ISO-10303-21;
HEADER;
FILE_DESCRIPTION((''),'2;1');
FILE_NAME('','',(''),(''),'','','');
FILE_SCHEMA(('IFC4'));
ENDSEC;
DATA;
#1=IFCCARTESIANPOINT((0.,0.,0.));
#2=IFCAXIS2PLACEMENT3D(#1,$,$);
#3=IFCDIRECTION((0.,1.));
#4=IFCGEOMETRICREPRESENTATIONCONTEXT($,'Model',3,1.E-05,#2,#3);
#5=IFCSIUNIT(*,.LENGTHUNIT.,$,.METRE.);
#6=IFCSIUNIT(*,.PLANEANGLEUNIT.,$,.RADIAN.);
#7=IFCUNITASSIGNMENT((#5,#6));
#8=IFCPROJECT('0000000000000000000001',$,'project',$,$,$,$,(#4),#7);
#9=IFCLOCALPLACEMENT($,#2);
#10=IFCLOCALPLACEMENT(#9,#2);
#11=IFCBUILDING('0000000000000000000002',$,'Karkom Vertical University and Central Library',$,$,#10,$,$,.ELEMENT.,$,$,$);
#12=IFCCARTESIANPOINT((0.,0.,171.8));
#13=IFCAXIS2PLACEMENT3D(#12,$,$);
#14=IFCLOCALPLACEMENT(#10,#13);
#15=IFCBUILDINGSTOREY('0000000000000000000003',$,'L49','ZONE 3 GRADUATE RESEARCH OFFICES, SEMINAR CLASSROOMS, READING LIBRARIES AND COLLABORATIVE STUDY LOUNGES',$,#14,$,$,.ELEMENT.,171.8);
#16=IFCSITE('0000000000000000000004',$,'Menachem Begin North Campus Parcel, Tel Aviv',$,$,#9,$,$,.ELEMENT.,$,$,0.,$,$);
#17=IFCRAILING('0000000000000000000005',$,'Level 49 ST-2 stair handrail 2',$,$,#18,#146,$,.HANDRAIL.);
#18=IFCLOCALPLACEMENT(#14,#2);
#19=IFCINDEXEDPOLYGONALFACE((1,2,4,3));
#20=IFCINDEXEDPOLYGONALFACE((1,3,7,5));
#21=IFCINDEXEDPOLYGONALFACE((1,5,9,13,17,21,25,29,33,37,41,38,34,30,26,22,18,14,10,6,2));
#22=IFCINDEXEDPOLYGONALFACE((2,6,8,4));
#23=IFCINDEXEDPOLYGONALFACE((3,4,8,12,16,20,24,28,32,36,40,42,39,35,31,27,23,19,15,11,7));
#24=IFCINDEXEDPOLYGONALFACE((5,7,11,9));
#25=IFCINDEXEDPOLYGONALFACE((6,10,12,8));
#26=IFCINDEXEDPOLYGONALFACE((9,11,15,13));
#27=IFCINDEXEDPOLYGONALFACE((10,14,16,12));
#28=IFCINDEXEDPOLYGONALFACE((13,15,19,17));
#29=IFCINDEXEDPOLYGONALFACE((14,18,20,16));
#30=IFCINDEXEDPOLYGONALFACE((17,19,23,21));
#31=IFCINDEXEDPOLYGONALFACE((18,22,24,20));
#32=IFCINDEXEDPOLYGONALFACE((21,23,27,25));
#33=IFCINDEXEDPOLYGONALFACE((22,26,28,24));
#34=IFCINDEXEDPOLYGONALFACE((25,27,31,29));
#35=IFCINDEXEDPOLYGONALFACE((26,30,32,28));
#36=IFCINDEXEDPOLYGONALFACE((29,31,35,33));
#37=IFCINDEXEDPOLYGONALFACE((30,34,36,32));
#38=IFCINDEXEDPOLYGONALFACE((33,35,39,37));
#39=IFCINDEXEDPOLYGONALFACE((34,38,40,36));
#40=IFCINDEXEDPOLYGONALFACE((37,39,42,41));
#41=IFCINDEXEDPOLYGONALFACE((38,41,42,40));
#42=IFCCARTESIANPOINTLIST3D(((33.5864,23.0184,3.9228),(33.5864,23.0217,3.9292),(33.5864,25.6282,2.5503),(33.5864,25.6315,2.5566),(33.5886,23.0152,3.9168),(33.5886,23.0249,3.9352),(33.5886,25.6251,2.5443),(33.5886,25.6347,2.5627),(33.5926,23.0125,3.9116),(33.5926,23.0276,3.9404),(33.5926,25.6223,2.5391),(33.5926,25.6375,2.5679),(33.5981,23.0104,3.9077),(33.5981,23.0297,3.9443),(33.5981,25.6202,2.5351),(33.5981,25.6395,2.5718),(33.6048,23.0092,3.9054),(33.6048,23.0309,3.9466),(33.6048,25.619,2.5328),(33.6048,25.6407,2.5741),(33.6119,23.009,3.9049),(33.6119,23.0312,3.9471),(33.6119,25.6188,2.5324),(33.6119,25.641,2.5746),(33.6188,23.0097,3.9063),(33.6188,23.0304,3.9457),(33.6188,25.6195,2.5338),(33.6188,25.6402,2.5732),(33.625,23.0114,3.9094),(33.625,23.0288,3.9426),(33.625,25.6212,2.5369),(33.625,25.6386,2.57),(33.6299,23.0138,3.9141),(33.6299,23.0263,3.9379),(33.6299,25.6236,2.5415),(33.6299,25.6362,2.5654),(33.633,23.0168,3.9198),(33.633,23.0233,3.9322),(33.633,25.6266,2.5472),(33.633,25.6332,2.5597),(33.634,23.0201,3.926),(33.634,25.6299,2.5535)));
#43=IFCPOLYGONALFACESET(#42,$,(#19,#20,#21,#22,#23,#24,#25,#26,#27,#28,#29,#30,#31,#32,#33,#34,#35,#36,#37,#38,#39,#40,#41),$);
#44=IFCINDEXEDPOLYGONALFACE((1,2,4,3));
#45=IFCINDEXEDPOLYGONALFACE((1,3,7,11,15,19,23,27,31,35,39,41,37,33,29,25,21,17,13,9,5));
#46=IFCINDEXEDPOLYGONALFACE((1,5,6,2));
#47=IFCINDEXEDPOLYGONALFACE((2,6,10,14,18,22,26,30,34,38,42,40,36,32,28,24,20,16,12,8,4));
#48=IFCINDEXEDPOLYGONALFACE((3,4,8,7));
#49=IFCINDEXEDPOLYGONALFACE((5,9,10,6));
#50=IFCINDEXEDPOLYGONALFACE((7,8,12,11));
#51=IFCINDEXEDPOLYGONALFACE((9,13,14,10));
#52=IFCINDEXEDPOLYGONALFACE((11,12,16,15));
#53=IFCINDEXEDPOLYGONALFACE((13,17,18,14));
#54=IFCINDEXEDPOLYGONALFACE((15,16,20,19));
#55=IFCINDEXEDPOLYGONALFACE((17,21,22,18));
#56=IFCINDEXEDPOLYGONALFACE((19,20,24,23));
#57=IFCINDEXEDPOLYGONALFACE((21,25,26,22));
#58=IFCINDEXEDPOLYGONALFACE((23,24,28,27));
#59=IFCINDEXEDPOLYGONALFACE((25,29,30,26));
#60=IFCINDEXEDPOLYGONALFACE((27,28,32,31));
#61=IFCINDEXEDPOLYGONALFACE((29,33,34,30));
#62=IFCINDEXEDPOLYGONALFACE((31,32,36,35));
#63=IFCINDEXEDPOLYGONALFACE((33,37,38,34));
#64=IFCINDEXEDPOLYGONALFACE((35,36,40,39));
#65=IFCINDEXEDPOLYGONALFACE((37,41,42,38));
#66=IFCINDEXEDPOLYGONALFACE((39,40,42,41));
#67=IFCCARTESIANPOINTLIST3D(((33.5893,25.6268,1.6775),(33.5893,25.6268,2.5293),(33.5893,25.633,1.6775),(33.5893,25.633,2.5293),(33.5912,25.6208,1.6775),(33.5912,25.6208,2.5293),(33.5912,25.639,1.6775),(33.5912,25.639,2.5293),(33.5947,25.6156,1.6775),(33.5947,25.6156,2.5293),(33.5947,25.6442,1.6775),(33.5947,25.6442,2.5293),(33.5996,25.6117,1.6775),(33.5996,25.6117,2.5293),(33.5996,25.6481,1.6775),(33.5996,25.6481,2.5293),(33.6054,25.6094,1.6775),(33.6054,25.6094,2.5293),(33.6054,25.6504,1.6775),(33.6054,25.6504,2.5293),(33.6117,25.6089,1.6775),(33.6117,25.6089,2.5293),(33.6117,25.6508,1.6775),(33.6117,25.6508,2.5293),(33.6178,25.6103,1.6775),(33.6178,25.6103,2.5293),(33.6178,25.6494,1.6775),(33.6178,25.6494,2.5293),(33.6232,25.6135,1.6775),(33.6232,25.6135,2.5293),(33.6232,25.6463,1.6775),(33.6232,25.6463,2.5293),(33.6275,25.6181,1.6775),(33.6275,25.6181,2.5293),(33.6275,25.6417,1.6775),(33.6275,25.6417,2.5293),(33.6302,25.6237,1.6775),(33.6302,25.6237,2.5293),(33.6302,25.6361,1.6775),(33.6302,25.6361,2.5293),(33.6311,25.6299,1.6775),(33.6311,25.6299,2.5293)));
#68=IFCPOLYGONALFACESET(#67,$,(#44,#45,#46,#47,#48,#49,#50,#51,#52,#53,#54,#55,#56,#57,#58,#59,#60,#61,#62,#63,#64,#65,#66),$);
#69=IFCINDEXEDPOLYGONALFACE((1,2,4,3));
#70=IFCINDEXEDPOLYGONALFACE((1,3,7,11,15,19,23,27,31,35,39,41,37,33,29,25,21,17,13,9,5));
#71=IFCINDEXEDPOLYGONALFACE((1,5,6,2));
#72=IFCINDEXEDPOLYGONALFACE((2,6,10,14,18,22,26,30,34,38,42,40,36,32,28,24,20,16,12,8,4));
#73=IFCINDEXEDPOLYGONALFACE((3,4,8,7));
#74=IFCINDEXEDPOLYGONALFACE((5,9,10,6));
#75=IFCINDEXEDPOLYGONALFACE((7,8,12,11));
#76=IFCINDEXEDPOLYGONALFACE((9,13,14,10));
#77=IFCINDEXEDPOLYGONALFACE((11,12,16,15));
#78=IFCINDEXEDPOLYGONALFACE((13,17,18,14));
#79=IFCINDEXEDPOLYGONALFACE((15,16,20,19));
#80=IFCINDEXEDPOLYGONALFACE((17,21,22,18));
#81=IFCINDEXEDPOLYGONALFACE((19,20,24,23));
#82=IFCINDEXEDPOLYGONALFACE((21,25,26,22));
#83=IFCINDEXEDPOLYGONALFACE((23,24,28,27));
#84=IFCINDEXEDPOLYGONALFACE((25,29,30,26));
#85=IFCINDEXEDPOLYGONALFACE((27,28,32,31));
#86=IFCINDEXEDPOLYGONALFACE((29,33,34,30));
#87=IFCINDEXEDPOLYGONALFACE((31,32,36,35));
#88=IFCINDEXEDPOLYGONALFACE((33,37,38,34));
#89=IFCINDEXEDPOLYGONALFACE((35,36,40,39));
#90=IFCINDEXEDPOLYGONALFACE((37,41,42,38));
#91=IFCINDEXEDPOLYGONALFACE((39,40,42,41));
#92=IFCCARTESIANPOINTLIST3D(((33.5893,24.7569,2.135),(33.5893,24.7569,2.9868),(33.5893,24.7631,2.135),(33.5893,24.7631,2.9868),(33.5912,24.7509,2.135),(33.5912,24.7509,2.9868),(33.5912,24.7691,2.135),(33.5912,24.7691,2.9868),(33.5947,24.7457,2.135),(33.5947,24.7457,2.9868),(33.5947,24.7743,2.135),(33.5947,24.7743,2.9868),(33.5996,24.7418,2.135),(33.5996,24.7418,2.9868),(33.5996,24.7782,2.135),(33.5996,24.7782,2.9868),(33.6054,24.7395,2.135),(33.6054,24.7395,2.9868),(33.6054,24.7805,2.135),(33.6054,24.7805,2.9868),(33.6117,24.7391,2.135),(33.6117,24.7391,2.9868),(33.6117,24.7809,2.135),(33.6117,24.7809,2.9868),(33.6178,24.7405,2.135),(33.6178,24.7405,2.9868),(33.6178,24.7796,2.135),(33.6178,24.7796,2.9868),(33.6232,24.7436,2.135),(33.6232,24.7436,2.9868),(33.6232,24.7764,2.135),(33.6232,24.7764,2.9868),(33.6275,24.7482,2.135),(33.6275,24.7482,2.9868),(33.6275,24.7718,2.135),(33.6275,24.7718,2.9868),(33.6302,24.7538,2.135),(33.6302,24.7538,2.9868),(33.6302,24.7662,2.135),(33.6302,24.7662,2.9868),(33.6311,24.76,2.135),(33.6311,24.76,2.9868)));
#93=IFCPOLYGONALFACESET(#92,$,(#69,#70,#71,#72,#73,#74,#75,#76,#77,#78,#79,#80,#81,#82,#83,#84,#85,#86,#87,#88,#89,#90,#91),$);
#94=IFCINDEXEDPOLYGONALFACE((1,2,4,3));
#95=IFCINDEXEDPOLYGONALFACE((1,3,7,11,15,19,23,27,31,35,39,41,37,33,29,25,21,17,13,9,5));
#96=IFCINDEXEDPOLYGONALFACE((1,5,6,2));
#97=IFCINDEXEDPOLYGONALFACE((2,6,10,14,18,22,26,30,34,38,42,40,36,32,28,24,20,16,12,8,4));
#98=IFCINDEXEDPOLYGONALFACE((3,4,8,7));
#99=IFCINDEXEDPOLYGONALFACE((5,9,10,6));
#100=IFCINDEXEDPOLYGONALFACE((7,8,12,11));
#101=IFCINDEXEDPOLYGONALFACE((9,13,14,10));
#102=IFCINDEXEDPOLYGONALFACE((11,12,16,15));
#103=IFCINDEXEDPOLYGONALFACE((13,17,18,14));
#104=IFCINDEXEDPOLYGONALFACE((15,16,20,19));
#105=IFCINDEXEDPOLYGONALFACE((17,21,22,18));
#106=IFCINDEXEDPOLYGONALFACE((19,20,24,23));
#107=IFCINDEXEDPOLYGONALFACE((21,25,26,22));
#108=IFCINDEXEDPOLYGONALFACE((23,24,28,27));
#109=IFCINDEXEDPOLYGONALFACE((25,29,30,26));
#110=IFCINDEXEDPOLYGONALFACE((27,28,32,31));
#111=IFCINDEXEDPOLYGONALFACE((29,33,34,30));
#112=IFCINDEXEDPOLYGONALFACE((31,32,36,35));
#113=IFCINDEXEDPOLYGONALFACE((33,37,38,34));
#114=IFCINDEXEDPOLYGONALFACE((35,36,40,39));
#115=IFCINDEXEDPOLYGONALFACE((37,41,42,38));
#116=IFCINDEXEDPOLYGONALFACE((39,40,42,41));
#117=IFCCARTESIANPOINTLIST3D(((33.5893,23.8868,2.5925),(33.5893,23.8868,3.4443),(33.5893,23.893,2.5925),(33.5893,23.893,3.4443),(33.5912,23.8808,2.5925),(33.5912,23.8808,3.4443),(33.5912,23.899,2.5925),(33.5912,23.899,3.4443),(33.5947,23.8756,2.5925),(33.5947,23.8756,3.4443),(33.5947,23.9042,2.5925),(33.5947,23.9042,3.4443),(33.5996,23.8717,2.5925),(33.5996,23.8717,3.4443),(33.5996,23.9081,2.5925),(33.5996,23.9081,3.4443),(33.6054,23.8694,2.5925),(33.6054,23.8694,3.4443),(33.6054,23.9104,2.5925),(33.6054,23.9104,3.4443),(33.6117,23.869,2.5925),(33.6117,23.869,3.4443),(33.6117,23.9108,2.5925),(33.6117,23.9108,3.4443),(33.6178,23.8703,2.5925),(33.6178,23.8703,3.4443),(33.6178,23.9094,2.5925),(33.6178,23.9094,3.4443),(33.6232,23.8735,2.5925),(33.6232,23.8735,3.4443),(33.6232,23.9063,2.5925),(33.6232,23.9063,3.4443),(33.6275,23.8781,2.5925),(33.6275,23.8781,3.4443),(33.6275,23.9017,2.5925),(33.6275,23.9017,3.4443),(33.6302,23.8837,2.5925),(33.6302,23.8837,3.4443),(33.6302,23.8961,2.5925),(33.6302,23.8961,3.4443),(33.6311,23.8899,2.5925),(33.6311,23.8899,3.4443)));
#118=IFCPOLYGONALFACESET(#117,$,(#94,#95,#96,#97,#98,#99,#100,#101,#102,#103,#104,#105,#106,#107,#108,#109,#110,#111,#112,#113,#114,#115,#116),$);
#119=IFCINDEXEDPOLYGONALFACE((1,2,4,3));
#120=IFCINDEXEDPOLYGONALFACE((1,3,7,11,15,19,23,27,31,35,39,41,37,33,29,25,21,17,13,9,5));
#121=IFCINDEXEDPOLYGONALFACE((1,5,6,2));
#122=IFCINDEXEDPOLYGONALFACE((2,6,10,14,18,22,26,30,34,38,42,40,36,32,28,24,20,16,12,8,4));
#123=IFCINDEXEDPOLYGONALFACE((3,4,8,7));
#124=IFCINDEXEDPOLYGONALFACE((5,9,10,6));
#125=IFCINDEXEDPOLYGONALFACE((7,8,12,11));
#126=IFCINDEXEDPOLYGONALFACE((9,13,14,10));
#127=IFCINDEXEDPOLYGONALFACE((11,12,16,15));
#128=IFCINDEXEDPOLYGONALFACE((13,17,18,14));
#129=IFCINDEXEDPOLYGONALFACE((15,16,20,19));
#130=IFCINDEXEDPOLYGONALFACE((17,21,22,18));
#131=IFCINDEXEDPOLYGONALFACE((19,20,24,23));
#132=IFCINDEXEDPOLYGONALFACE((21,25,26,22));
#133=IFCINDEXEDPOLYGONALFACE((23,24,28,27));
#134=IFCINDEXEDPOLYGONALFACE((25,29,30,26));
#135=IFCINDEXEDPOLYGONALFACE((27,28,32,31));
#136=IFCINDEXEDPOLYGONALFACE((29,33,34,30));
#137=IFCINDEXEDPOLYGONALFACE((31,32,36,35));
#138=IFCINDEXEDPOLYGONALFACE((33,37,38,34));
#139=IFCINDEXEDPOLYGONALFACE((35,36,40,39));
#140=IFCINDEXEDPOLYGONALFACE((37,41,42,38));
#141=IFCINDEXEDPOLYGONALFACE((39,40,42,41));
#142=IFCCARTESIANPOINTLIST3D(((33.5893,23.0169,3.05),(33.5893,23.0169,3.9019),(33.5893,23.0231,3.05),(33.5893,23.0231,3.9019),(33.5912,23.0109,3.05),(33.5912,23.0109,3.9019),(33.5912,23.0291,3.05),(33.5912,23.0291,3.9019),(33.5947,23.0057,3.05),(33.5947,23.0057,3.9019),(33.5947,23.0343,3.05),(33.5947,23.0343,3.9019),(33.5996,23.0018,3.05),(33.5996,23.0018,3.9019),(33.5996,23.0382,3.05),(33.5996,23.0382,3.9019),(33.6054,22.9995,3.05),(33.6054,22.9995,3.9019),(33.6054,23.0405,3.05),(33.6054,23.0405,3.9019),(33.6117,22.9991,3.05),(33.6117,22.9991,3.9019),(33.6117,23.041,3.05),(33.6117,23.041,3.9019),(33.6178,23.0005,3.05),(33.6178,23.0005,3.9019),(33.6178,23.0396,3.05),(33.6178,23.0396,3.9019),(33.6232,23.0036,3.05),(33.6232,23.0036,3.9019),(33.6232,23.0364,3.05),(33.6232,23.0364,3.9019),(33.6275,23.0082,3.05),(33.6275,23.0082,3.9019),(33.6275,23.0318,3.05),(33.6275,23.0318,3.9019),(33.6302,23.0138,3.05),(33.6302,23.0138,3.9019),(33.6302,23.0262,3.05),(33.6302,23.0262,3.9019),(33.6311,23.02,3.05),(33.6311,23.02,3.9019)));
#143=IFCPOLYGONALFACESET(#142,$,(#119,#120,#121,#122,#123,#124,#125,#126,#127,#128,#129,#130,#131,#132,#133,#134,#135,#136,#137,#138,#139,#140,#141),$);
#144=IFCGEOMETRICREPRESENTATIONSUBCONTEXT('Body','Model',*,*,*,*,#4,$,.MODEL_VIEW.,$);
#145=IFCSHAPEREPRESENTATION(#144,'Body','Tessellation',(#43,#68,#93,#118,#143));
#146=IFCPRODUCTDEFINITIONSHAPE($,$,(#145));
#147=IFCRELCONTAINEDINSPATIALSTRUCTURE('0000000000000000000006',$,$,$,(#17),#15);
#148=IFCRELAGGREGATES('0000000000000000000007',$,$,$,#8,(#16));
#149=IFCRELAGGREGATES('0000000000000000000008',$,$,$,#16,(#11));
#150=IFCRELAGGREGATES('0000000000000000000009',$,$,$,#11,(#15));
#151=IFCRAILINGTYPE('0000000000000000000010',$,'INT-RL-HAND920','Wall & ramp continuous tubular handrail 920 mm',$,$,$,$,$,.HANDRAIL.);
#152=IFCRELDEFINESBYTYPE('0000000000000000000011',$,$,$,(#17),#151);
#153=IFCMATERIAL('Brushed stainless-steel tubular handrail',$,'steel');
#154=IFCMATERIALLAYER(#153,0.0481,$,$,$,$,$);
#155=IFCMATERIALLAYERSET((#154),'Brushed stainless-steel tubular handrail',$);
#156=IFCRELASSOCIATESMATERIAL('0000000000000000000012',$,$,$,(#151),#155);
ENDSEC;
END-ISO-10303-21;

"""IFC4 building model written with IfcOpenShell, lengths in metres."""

from ifc_helpers import new_model, si_unit, direction, frame, origin, origin_2d, place, context, subcontext, project, spatial, circle, extrude, material, layer, layer_set, type_object, element, save


model = new_model("IFC4")

# Units and contexts
model_context = context("Model", 3, precision=1e-05, world=origin(), true_north=direction((0.0, 1.0)))
body_context = subcontext(model_context, "Body", "Model", "MODEL_VIEW")
ifc_project = project(units=[si_unit("LENGTHUNIT", "METRE"), si_unit("PLANEANGLEUNIT", "RADIAN")], contexts=[model_context])

# Site, building, storey
site_placement = place(None, origin())
site = spatial("IfcSite", under=ifc_project, at=site_placement, Name="Menachem Begin North Campus Parcel, Tel Aviv", CompositionType="ELEMENT", RefElevation=0.0)
building_placement = place(site_placement, origin())
building = spatial("IfcBuilding", under=site, at=building_placement, Name="Karkom Vertical University and Central Library", CompositionType="ELEMENT")
storey_placement = place(building_placement, frame((0.0, 0.0, 171.8)))
storey = spatial("IfcBuildingStorey", under=building, at=storey_placement, Name="L49", Description="ZONE 3 GRADUATE RESEARCH OFFICES, SEMINAR CLASSROOMS, READING LIBRARIES AND COLLABORATIVE STUDY LOUNGES", CompositionType="ELEMENT", Elevation=171.8)

# Railing
ifc_material_1 = material(Name="Brushed stainless-steel tubular handrail", Category="steel")
ifc_layer_1 = layer(ifc_material_1, 0.0481)
ifc_layer_set_1 = layer_set([ifc_layer_1], Name="Brushed stainless-steel tubular handrail")
railing_type_1 = type_object("IfcRailingType", Name="INT-RL-HAND920", Description="Wall & ramp continuous tubular handrail 920 mm", PredefinedType="HANDRAIL", material=ifc_layer_set_1)
railing_1_placement = place(storey_placement, frame((33.6101, 25.6299, 1.6775)))
element("IfcRailing", 1, at=railing_1_placement, inside=storey, type_object=railing_type_1, Name="Level 49 ST-2 stair handrail 2", PredefinedType="HANDRAIL", context=body_context, shape_type="SweptSolid", body=[
    extrude(circle(Radius=0.0239, at=origin_2d()), frame((0.0, 0.0, 0.876), z_axis=(0.0, -0.885065, 0.465467), x_axis=(1.0, 0.0, 0.0)), (0.0, 0.0, 1.0), 2.9487),
    extrude(circle(Radius=0.021, at=origin_2d()), origin(), (0.0, 0.0, 1.0), 0.8518),
    extrude(circle(Radius=0.021, at=origin_2d()), frame((0.0, -0.8699, 0.4575)), (0.0, 0.0, 1.0), 0.8518),
    extrude(circle(Radius=0.021, at=origin_2d()), frame((0.0, -1.74, 0.915)), (0.0, 0.0, 1.0), 0.8518),
    extrude(circle(Radius=0.021, at=origin_2d()), frame((0.0, -2.6099, 1.3726)), (0.0, 0.0, 1.0), 0.8518),
])

save(model, "model.ifc")
